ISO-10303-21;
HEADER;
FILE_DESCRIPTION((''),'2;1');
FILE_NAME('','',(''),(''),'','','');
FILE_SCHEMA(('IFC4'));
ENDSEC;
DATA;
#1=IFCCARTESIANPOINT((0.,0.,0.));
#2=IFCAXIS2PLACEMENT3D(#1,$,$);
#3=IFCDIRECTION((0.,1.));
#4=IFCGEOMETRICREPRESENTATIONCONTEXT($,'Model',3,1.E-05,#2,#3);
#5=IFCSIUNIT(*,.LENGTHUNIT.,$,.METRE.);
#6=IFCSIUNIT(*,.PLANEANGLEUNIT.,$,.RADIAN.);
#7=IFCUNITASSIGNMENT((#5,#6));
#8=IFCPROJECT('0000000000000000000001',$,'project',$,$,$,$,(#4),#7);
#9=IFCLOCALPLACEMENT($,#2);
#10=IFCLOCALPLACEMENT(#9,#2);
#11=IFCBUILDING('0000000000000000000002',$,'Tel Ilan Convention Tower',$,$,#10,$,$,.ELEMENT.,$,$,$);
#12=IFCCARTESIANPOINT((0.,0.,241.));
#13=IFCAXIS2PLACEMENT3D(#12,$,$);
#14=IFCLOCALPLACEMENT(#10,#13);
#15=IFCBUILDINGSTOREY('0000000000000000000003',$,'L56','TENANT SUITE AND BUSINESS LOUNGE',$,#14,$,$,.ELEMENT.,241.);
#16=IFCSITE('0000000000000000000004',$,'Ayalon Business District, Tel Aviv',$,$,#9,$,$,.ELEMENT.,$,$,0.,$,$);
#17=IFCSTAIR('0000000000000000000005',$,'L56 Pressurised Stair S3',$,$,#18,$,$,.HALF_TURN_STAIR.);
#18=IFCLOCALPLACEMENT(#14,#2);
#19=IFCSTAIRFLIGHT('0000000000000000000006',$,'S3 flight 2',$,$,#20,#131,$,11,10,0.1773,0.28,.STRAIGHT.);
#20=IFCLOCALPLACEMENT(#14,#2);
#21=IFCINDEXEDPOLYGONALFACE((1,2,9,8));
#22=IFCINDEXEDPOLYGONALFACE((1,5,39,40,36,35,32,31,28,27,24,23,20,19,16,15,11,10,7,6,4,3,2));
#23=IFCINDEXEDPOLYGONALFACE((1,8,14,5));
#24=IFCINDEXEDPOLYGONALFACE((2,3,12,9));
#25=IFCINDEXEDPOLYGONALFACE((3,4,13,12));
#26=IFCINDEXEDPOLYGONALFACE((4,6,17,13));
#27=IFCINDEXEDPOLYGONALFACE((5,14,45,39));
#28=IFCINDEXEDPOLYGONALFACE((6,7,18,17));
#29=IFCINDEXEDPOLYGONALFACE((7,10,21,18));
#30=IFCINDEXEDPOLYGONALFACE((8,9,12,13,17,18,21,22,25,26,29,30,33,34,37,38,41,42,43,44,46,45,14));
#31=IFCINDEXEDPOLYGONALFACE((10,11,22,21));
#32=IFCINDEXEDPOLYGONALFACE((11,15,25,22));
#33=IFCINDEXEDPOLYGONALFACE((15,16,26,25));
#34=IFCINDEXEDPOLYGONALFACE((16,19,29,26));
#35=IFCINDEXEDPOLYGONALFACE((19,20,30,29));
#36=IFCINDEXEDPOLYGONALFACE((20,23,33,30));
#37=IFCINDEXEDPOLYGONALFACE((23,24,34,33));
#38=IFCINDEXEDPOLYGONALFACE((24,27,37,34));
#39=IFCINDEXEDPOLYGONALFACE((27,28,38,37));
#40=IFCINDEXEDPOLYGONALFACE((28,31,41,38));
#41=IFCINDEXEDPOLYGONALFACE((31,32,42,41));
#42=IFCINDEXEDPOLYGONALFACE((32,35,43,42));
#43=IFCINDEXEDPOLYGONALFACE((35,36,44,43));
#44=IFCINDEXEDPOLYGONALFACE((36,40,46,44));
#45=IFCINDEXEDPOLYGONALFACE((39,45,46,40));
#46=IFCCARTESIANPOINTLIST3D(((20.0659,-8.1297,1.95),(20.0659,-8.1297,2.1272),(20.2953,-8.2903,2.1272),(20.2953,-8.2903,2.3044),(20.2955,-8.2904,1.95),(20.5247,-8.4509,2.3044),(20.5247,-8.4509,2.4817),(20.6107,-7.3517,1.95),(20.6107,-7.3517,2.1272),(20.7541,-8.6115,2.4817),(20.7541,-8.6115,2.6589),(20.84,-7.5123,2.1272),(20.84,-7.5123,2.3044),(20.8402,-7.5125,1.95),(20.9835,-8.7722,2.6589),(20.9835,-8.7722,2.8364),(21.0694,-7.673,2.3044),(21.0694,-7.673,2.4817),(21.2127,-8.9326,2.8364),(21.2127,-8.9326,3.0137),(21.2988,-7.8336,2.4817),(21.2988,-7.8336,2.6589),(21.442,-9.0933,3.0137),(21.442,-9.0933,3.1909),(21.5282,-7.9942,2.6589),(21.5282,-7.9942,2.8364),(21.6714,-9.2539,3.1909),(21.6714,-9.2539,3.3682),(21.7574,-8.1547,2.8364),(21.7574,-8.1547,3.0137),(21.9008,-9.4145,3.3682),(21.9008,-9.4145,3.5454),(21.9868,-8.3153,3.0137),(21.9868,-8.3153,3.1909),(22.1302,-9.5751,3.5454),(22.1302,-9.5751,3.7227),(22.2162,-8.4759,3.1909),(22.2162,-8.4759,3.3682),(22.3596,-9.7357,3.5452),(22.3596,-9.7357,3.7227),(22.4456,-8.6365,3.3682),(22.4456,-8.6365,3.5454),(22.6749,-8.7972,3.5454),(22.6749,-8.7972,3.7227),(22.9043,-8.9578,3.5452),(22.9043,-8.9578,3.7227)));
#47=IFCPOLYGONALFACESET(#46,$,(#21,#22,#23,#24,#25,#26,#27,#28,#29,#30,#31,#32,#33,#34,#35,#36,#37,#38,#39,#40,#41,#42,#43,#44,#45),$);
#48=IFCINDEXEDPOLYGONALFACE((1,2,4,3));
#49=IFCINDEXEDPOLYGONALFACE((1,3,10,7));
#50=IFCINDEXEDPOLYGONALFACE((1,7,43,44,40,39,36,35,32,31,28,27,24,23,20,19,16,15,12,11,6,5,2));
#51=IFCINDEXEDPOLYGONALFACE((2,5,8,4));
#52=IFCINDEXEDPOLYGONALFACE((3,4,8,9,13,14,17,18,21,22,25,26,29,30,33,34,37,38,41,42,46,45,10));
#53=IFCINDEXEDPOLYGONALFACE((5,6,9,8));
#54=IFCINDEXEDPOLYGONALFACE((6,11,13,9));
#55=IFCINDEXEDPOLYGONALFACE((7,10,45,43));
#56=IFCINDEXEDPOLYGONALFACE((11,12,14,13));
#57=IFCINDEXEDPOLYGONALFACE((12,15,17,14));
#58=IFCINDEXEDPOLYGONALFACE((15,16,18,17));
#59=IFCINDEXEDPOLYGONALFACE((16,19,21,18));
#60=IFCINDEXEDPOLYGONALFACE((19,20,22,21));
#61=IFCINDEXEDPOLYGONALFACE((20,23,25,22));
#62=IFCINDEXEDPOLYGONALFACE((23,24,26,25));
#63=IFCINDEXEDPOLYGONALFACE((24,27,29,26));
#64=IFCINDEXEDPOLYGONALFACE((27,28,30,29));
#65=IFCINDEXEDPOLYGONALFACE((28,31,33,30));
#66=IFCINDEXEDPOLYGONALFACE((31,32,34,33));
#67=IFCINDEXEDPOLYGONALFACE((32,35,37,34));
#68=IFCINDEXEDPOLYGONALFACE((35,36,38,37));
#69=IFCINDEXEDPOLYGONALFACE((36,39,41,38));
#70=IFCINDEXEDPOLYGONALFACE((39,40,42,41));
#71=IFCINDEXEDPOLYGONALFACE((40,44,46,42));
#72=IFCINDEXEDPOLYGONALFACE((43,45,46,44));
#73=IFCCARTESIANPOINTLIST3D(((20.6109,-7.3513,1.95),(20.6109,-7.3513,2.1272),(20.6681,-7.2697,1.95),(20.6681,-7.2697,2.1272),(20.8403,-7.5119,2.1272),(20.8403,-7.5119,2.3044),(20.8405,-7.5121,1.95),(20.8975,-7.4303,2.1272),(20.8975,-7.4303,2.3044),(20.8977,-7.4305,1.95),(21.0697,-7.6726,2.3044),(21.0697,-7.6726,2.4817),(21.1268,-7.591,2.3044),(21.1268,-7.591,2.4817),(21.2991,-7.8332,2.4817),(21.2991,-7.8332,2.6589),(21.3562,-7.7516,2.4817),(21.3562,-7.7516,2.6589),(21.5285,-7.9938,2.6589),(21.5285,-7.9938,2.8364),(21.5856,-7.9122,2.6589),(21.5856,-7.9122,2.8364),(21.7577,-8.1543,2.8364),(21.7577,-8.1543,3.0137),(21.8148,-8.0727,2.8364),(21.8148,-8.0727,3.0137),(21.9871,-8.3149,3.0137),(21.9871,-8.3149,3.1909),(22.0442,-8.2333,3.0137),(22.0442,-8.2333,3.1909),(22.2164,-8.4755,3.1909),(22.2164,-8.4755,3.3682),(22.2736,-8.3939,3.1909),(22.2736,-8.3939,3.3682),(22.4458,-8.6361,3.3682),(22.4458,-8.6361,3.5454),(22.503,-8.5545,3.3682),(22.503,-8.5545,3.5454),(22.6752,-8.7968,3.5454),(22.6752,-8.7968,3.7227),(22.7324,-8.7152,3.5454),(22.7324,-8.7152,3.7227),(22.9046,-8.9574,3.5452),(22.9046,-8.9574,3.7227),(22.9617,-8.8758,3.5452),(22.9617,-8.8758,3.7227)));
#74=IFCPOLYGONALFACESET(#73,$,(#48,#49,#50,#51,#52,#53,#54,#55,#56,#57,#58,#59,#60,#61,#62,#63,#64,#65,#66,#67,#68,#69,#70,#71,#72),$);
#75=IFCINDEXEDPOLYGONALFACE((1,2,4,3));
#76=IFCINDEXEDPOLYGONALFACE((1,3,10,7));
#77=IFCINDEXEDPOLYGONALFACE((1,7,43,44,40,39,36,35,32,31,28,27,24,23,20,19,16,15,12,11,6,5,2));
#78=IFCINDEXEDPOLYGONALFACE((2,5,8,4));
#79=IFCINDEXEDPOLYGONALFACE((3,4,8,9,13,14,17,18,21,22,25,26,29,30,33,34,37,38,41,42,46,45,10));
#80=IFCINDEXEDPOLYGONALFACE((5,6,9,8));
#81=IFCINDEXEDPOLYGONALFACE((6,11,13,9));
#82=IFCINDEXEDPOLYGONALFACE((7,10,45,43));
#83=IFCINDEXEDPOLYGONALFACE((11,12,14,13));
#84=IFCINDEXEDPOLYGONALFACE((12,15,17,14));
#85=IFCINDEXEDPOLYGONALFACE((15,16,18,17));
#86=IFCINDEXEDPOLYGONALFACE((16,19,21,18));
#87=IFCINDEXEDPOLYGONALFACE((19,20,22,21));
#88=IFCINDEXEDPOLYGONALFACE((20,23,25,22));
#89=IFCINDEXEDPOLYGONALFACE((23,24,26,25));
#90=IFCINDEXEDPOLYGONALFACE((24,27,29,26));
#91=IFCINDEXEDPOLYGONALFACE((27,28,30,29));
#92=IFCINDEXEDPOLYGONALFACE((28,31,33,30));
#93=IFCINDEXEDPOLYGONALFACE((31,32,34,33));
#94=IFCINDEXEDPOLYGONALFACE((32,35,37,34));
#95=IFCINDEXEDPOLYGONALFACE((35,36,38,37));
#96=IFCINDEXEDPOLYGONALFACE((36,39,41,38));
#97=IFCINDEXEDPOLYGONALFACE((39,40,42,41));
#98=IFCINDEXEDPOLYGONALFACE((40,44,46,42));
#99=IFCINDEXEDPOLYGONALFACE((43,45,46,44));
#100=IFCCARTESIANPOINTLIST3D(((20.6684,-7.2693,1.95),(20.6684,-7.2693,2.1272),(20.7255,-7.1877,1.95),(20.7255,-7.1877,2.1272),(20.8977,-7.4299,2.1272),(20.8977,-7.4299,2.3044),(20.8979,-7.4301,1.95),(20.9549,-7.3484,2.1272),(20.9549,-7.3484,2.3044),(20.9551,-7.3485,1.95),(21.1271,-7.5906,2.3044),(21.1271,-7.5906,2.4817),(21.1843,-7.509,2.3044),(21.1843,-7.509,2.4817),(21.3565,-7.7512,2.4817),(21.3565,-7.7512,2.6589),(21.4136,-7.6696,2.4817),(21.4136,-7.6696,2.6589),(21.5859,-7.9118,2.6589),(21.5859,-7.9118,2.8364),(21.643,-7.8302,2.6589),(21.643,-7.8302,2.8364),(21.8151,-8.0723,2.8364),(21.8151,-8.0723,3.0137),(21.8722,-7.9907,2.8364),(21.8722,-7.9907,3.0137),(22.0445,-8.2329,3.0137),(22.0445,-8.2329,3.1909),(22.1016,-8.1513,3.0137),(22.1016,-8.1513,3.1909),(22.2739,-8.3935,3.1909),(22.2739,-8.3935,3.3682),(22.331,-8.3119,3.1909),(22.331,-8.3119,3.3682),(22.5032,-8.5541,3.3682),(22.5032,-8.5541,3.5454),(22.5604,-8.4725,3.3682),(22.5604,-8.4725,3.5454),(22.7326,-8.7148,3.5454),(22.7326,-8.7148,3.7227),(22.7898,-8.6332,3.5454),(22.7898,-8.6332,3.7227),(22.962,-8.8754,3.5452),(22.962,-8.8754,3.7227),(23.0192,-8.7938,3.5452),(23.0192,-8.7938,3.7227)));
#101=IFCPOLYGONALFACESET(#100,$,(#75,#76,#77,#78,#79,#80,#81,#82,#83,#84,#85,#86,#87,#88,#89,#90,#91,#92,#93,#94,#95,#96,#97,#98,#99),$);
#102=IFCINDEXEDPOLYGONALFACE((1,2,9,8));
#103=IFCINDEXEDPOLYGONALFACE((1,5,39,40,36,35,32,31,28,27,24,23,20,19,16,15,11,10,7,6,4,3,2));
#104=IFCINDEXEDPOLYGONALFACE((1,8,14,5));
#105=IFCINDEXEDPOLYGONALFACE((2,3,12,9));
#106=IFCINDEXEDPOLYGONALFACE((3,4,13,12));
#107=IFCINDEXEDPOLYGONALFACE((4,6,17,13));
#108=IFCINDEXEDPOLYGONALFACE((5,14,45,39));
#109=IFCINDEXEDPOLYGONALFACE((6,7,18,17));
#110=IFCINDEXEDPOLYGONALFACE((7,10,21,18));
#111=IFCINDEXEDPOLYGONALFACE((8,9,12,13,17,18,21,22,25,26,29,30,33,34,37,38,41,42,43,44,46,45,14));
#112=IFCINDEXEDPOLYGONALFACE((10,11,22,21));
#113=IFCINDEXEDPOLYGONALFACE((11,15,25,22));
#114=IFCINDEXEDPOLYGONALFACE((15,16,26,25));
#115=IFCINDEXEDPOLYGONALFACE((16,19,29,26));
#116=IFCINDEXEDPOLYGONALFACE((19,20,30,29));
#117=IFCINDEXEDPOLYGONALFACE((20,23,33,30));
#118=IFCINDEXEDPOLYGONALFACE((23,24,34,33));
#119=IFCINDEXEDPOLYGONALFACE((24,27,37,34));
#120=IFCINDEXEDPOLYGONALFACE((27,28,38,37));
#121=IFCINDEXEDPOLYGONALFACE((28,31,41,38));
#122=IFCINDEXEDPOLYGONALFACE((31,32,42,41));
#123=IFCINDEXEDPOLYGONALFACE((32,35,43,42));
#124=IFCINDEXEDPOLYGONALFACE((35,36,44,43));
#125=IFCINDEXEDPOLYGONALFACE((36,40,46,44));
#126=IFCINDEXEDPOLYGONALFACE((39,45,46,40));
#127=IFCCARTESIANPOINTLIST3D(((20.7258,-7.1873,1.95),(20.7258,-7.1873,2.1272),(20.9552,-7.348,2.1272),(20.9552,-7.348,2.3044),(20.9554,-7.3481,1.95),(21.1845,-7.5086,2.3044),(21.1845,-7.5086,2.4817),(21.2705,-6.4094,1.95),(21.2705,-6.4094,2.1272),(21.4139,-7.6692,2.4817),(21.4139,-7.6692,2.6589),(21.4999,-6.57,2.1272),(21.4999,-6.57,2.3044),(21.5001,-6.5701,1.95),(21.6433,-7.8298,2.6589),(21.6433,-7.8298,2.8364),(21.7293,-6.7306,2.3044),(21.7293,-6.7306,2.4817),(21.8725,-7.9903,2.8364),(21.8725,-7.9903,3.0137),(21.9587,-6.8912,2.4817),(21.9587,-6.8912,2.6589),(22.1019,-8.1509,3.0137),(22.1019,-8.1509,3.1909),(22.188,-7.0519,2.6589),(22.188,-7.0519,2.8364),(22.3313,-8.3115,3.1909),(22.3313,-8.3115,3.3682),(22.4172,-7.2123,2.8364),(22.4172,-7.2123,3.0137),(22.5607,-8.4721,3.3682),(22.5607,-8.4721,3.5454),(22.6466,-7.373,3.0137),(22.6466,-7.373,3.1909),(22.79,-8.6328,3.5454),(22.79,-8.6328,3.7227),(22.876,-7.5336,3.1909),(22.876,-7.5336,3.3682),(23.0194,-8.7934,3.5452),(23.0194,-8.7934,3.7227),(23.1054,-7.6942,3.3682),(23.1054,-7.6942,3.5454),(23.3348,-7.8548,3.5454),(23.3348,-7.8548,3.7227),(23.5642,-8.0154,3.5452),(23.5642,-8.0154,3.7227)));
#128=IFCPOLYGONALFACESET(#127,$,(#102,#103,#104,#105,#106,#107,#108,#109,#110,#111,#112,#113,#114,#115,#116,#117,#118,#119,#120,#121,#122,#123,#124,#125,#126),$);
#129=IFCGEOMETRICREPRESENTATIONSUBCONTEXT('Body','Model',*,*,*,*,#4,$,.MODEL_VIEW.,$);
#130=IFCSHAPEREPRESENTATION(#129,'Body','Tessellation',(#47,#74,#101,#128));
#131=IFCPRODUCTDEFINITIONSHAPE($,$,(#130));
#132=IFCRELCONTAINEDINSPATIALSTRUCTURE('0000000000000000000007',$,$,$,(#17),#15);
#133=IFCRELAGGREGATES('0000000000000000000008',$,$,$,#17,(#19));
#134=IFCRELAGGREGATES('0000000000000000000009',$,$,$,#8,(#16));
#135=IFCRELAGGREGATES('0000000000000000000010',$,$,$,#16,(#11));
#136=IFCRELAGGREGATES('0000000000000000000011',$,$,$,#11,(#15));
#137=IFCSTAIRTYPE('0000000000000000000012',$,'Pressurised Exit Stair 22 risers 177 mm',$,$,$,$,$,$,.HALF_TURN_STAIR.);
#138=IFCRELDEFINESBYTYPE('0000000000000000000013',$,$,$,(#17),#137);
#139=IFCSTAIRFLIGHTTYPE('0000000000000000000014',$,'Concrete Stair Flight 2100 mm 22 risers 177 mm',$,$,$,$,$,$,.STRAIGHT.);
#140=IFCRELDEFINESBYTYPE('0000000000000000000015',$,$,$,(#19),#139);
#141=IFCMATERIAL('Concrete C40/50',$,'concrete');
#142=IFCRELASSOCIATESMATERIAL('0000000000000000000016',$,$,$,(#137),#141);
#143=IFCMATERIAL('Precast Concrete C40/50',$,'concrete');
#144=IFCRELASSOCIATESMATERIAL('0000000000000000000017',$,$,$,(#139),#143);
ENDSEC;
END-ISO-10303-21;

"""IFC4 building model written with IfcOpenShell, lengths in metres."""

from ifc_helpers import new_model, si_unit, direction, frame, origin, place, context, subcontext, project, spatial, polyline, outline, extrude, material, type_object, element, aggregate, save


model = new_model("IFC4")

# Units and contexts
model_context = context("Model", 3, precision=1e-05, world=origin(), true_north=direction((0.0, 1.0)))
body_context = subcontext(model_context, "Body", "Model", "MODEL_VIEW")
ifc_project = project(units=[si_unit("LENGTHUNIT", "METRE"), si_unit("PLANEANGLEUNIT", "RADIAN")], contexts=[model_context])

# Site, building, storey
site_placement = place(None, origin())
site = spatial("IfcSite", under=ifc_project, at=site_placement, Name="Ayalon Business District, Tel Aviv", CompositionType="ELEMENT", RefElevation=0.0)
building_placement = place(site_placement, origin())
building = spatial("IfcBuilding", under=site, at=building_placement, Name="Tel Ilan Convention Tower", CompositionType="ELEMENT")
storey_placement = place(building_placement, frame((0.0, 0.0, 241.0)))
storey = spatial("IfcBuildingStorey", under=building, at=storey_placement, Name="L56", Description="TENANT SUITE AND BUSINESS LOUNGE", CompositionType="ELEMENT", Elevation=241.0)

# Stair, stair flight
ifc_material_1 = material(Name="Concrete C40/50", Category="concrete")
stair_type = type_object("IfcStairType", Name="Pressurised Exit Stair 22 risers 177 mm", PredefinedType="HALF_TURN_STAIR", material=ifc_material_1)
stair_1_placement = place(storey_placement, origin())
stair_1 = element("IfcStair", 1, at=stair_1_placement, inside=storey, type_object=stair_type, Name="L56 Pressurised Stair S3", PredefinedType="HALF_TURN_STAIR")
ifc_material_2 = material(Name="Precast Concrete C40/50", Category="concrete")
stair_flight_type = type_object("IfcStairFlightType", Name="Concrete Stair Flight 2100 mm 22 risers 177 mm", PredefinedType="STRAIGHT", material=ifc_material_2)
stair_flight_1_placement = place(storey_placement, frame((20.6682, -7.2695, 1.95), z_axis=(0.0, 0.0, 1.0), x_axis=(0.819152, -0.573576, 0.0)))
stair_flight_1 = element("IfcStairFlight", 2, at=stair_flight_1_placement, type_object=stair_flight_type, Name="S3 flight 2", NumberOfRisers=11, NumberOfTreads=10, PredefinedType="STRAIGHT", RiserHeight=0.1773, TreadLength=0.28, context=body_context, shape_type="SweptSolid", body=[
    extrude(outline(polyline([(0.0, 0.0), (0.0, 0.1772), (0.28, 0.1772), (0.28, 0.3545), (0.5601, 0.3545), (0.5601, 0.5317), (0.8401, 0.5317), (0.8401, 0.709), (1.1201, 0.709), (1.1201, 0.8865), (1.3999, 0.8865), (1.3999, 1.0637), (1.6799, 1.0637), (1.6799, 1.241), (1.96, 1.241), (1.96, 1.4182), (2.24, 1.4182), (2.24, 1.5955), (2.52, 1.5955), (2.52, 1.7727), (2.8, 1.7727), (2.8, 1.95), (2.8, 1.5952), (0.2803, 0.0), (0.0, 0.0)])), frame((0.0, -0.1003, 0.0), z_axis=(0.0, -1.0, 0.0), x_axis=(1.0, 0.0, 0.0)), (0.0, 0.0, 1.0), 0.9497),
    extrude(outline(polyline([(0.0, 0.0), (0.0, 0.1772), (0.28, 0.1772), (0.28, 0.3545), (0.5601, 0.3545), (0.5601, 0.5317), (0.8401, 0.5317), (0.8401, 0.709), (1.1201, 0.709), (1.1201, 0.8865), (1.3999, 0.8865), (1.3999, 1.0637), (1.6799, 1.0637), (1.6799, 1.241), (1.96, 1.241), (1.96, 1.4182), (2.24, 1.4182), (2.24, 1.5955), (2.52, 1.5955), (2.52, 1.7727), (2.8, 1.7727), (2.8, 1.95), (2.8, 1.5952), (0.2803, 0.0), (0.0, 0.0)])), frame((0.0, -0.0002, 0.0), z_axis=(0.0, -1.0, 0.0), x_axis=(1.0, 0.0, 0.0)), (0.0, 0.0, 1.0), 0.0996),
    extrude(outline(polyline([(0.0, 0.0), (0.0, 0.1772), (0.28, 0.1772), (0.28, 0.3545), (0.5601, 0.3545), (0.5601, 0.5317), (0.8401, 0.5317), (0.8401, 0.709), (1.1201, 0.709), (1.1201, 0.8865), (1.3999, 0.8865), (1.3999, 1.0637), (1.6799, 1.0637), (1.6799, 1.241), (1.96, 1.241), (1.96, 1.4182), (2.24, 1.4182), (2.24, 1.5955), (2.52, 1.5955), (2.52, 1.7727), (2.8, 1.7727), (2.8, 1.95), (2.8, 1.5952), (0.2803, 0.0), (0.0, 0.0)])), frame((0.0, 0.0999, 0.0), z_axis=(0.0, -1.0, 0.0), x_axis=(1.0, 0.0, 0.0)), (0.0, 0.0, 1.0), 0.0996),
    extrude(outline(polyline([(0.0, 0.0), (0.0, 0.1772), (0.28, 0.1772), (0.28, 0.3545), (0.5601, 0.3545), (0.5601, 0.5317), (0.8401, 0.5317), (0.8401, 0.709), (1.1201, 0.709), (1.1201, 0.8865), (1.3999, 0.8865), (1.3999, 1.0637), (1.6799, 1.0637), (1.6799, 1.241), (1.96, 1.241), (1.96, 1.4182), (2.24, 1.4182), (2.24, 1.5955), (2.52, 1.5955), (2.52, 1.7727), (2.8, 1.7727), (2.8, 1.95), (2.8, 1.5952), (0.2803, 0.0), (0.0, 0.0)])), frame((0.0, 1.05, 0.0), z_axis=(0.0, -1.0, 0.0), x_axis=(1.0, 0.0, 0.0)), (0.0, 0.0, 1.0), 0.9497),
])
aggregate(stair_1, [stair_flight_1])

save(model, "model.ifc")
